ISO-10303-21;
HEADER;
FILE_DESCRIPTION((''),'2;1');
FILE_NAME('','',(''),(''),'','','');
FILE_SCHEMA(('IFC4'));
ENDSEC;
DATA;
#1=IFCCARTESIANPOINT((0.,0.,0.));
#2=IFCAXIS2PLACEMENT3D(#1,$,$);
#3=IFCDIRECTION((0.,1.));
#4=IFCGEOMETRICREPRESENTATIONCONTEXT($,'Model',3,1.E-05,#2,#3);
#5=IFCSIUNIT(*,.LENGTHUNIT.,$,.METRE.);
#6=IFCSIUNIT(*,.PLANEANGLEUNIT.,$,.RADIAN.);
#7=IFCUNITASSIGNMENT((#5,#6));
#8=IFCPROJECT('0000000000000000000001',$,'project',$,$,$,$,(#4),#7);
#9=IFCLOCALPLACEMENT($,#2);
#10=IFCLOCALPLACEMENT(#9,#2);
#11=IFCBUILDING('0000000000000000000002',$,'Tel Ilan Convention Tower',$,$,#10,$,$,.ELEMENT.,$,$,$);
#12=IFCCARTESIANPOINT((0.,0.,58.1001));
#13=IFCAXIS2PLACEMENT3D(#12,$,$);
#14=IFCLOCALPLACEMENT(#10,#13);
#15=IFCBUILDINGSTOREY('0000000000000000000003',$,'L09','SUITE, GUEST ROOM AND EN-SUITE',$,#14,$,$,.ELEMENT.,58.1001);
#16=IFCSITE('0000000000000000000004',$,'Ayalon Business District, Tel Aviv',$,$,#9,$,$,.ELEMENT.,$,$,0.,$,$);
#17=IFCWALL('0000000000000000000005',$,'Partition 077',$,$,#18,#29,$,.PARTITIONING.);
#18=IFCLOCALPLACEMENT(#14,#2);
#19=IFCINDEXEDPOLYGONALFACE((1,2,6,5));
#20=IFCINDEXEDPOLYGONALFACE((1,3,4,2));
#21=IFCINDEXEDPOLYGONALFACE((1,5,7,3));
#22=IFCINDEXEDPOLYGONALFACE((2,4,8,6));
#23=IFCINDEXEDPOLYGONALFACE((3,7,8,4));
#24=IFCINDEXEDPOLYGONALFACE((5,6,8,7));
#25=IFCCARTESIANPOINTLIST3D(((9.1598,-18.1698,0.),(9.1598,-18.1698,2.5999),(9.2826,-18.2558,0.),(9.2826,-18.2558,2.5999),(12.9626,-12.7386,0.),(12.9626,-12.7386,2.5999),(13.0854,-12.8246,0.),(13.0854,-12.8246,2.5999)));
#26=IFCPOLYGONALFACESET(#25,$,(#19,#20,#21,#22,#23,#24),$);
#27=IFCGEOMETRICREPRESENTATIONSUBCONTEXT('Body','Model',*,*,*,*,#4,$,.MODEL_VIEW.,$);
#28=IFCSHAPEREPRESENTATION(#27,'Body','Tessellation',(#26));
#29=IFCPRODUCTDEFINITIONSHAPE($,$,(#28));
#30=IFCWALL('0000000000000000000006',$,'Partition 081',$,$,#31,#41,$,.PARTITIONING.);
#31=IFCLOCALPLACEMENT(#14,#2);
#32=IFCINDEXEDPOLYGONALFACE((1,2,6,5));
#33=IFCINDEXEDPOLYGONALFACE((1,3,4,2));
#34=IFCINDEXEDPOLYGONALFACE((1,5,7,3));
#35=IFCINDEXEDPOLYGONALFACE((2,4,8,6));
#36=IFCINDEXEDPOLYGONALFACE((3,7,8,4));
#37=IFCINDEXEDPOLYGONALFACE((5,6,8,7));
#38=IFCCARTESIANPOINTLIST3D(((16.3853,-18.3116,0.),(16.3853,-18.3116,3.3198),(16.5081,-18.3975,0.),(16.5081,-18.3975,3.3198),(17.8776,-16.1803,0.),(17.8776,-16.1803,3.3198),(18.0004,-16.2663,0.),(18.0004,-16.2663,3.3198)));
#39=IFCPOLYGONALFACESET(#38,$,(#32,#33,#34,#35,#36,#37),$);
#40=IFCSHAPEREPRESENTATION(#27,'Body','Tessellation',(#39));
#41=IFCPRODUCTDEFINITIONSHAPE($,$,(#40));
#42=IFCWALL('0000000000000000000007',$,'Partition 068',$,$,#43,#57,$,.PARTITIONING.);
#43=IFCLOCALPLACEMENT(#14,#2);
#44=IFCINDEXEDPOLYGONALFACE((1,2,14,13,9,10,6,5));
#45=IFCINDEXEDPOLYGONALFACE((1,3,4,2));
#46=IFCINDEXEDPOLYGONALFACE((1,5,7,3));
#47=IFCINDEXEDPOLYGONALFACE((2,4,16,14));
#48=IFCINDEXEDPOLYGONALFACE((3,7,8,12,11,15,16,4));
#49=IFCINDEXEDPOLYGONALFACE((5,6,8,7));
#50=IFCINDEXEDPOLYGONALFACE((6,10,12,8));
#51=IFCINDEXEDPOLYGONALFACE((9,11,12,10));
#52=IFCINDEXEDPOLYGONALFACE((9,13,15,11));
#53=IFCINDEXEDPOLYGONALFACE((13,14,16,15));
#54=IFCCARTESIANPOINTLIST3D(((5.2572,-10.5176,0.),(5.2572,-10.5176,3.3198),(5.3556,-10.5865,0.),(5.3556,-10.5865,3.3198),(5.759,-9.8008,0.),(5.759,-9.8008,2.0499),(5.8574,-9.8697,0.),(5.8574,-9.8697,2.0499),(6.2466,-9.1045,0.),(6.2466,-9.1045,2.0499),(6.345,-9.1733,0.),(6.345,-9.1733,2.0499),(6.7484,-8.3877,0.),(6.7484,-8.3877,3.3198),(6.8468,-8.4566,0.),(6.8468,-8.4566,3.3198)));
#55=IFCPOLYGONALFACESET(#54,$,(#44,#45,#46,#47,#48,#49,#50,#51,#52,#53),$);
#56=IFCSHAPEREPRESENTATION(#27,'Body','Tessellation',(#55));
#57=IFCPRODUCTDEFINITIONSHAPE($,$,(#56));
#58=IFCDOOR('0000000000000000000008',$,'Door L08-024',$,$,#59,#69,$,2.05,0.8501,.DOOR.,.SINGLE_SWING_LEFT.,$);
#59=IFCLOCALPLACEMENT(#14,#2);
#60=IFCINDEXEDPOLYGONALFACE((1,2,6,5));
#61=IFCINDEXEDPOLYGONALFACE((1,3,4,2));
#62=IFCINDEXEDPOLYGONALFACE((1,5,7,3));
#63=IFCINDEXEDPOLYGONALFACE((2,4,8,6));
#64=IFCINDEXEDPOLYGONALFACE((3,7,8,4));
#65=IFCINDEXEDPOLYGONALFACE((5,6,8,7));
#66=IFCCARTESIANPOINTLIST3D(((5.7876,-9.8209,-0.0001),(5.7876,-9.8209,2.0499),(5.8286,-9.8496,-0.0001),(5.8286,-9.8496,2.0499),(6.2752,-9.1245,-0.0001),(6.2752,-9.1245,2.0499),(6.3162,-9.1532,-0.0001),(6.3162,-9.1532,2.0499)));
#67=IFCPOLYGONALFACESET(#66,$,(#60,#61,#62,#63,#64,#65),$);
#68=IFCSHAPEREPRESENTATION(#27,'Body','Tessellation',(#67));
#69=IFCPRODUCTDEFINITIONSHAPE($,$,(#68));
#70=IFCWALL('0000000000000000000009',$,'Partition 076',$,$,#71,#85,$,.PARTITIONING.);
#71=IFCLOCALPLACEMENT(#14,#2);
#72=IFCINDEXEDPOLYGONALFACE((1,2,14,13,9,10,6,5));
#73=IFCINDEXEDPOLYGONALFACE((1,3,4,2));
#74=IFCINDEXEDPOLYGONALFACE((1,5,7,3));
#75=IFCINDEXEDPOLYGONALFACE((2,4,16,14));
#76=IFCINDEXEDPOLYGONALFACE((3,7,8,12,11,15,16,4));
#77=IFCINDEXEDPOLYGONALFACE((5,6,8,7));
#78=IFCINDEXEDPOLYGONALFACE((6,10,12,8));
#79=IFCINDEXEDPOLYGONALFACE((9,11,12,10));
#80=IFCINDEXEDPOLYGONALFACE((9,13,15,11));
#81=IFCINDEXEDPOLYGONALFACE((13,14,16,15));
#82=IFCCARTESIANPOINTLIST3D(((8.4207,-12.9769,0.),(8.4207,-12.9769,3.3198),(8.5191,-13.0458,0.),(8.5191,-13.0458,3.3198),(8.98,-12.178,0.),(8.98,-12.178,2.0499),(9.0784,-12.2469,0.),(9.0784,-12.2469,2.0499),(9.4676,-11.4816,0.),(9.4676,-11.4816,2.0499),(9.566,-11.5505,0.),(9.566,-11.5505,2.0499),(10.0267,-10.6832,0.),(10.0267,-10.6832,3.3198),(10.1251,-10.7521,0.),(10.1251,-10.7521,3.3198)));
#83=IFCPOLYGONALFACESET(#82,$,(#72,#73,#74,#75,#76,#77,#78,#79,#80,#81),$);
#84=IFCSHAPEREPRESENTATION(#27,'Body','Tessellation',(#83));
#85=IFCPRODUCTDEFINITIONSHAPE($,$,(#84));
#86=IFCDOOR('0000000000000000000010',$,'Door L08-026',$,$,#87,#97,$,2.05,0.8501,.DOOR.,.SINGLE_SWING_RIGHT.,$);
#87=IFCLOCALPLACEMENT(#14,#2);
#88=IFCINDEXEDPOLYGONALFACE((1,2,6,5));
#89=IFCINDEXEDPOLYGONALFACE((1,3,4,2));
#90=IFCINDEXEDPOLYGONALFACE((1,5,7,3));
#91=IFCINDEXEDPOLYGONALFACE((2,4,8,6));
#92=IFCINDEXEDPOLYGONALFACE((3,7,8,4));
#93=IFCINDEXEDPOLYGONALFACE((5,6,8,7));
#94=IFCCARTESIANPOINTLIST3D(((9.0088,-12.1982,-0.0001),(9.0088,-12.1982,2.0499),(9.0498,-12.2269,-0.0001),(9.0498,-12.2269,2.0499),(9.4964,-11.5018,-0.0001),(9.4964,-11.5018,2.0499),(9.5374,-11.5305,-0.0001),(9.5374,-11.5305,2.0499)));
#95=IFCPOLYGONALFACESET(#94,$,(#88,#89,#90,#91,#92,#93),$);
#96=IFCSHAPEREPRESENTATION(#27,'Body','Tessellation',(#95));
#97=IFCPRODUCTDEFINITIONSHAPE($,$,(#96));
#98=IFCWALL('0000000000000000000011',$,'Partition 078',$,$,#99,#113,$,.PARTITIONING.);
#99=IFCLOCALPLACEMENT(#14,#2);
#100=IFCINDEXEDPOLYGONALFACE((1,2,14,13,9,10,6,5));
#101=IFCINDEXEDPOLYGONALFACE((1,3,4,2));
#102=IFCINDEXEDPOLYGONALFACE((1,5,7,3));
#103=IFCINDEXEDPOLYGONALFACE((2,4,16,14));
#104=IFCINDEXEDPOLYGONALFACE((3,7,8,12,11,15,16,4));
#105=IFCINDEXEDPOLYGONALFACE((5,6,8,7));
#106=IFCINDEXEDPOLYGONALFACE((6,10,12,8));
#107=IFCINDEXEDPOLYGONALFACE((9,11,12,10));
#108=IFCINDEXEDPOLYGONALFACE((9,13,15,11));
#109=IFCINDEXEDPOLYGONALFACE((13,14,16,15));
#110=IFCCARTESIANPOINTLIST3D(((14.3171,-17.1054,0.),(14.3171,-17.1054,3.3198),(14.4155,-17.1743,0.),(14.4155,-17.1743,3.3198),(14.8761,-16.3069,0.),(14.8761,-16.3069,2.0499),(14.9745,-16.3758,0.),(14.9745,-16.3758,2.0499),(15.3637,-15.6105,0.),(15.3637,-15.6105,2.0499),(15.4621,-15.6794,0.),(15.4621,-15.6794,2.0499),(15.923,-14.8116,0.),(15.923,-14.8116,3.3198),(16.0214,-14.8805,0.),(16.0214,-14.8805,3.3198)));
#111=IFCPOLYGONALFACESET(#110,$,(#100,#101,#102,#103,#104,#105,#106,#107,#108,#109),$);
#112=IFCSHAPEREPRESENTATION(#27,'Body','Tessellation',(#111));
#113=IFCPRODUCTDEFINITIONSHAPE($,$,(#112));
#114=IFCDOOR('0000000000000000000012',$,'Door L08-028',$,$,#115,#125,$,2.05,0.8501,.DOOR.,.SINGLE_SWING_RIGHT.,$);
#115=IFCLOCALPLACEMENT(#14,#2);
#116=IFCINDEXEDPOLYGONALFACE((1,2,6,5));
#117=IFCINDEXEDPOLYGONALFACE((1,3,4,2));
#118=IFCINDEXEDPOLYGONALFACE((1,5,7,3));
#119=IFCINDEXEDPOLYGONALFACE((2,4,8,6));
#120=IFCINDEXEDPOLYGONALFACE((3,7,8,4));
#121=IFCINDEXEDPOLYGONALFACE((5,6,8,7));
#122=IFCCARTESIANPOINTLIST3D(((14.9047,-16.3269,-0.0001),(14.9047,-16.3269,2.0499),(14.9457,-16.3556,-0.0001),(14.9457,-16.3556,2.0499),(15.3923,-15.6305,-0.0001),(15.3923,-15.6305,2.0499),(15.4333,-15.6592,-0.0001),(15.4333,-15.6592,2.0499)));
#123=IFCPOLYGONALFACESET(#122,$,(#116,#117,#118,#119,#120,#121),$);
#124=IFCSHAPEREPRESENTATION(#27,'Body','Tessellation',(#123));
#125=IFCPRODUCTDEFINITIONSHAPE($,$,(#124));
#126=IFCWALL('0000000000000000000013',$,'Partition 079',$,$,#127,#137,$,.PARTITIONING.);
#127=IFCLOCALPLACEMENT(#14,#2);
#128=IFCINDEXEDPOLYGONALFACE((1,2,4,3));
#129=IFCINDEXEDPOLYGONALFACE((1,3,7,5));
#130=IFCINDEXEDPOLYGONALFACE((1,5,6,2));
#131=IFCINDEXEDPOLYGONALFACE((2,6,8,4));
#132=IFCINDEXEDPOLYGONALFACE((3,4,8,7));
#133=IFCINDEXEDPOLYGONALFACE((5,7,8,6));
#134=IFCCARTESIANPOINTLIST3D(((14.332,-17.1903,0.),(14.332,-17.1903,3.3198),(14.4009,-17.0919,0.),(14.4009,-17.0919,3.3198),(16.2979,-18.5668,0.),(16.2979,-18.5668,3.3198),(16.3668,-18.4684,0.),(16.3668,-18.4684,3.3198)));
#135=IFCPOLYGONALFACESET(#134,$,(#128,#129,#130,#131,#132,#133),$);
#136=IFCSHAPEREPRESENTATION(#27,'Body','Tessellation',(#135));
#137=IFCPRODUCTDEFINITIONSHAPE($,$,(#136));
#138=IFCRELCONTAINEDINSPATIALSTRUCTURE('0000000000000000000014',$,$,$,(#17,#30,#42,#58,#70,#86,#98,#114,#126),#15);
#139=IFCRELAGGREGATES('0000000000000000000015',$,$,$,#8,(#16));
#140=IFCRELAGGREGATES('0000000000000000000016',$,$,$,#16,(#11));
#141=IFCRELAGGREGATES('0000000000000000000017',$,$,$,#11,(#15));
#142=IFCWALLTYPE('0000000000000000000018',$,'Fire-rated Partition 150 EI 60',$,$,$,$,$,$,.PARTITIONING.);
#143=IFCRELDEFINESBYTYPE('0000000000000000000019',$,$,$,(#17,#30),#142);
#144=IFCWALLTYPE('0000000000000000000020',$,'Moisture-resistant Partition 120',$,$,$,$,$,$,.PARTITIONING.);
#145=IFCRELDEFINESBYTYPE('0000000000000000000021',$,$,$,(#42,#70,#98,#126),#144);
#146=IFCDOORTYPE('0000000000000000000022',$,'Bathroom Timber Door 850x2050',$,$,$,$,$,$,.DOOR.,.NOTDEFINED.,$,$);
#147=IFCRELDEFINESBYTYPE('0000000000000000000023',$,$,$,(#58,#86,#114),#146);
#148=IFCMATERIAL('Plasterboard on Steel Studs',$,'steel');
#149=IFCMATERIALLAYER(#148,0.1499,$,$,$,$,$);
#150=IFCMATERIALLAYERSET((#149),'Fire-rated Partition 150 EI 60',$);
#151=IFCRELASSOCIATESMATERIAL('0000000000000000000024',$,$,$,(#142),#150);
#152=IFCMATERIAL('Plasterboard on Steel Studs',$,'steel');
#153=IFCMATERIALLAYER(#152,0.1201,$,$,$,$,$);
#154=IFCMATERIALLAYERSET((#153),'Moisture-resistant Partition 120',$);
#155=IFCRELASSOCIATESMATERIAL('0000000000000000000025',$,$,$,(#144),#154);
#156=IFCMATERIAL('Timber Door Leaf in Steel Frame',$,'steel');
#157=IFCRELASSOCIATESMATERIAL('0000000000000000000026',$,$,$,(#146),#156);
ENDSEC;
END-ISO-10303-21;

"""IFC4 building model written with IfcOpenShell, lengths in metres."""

from ifc_helpers import new_model, si_unit, direction, frame, frame_2d, origin, place, context, subcontext, project, spatial, rectangle, extrude, material, layer, layer_set, type_object, element, fill, save


model = new_model("IFC4")

# Units and contexts
model_context = context("Model", 3, precision=1e-05, world=origin(), true_north=direction((0.0, 1.0)))
body_context = subcontext(model_context, "Body", "Model", "MODEL_VIEW")
ifc_project = project(units=[si_unit("LENGTHUNIT", "METRE"), si_unit("PLANEANGLEUNIT", "RADIAN")], contexts=[model_context])

# Site, building, storey
site_placement = place(None, origin())
site = spatial("IfcSite", under=ifc_project, at=site_placement, Name="Ayalon Business District, Tel Aviv", CompositionType="ELEMENT", RefElevation=0.0)
building_placement = place(site_placement, origin())
building = spatial("IfcBuilding", under=site, at=building_placement, Name="Tel Ilan Convention Tower", CompositionType="ELEMENT")
storey_placement = place(building_placement, frame((0.0, 0.0, 58.1001)))
storey = spatial("IfcBuildingStorey", under=building, at=storey_placement, Name="L09", Description="SUITE, GUEST ROOM AND EN-SUITE", CompositionType="ELEMENT", Elevation=58.1001)

# Shared definitions
ifc_material_1 = material(Name="Plasterboard on Steel Studs", Category="steel")
ifc_layer_1 = layer(ifc_material_1, 0.1499)
ifc_layer_set_1 = layer_set([ifc_layer_1], Name="Fire-rated Partition 150 EI 60")
wall_type_1 = type_object("IfcWallType", Name="Fire-rated Partition 150 EI 60", PredefinedType="PARTITIONING", material=ifc_layer_set_1)

# Walls
wall_1_placement = place(storey_placement, frame((13.0239, -12.7817, 0.0), z_axis=(0.0, 0.0, 1.0), x_axis=(-0.573556, -0.819166, 0.0)))
element("IfcWall", 1, at=wall_1_placement, inside=storey, type_object=wall_type_1, Name="Partition 077", PredefinedType="PARTITIONING", context=body_context, shape_type="SweptSolid", body=[
    extrude(rectangle(XDim=6.6301, YDim=0.1499, at=frame_2d((3.3149, 0.0))), origin(), (0.0, 0.0, 1.0), 2.5999),
])
wall_2_placement = place(storey_placement, frame((17.939, -16.2234, 0.0), z_axis=(0.0, 0.0, 1.0), x_axis=(-0.573588, -0.819144, 0.0)))
element("IfcWall", 2, at=wall_2_placement, inside=storey, type_object=wall_type_1, Name="Partition 081", PredefinedType="PARTITIONING", context=body_context, shape_type="SweptSolid", body=[
    extrude(rectangle(XDim=2.6018, YDim=0.1499, at=frame_2d((1.3008, 0.0))), origin(), (0.0, 0.0, 1.0), 3.3198),
])

# Walls, openings, doors
ifc_material_2 = material(Name="Plasterboard on Steel Studs", Category="steel")
ifc_layer_2 = layer(ifc_material_2, 0.1201)
ifc_layer_set_2 = layer_set([ifc_layer_2], Name="Moisture-resistant Partition 120")
wall_type_2 = type_object("IfcWallType", Name="Moisture-resistant Partition 120", PredefinedType="PARTITIONING", material=ifc_layer_set_2)
wall_3_placement = place(storey_placement, frame((6.7976, -8.4221, 0.0), z_axis=(0.0, 0.0, 1.0), x_axis=(-0.573538, -0.819179, 0.0)))
wall_3 = element("IfcWall", 3, at=wall_3_placement, inside=storey, type_object=wall_type_2, Name="Partition 068", PredefinedType="PARTITIONING", context=body_context, shape_type="SweptSolid", body=[
    extrude(rectangle(XDim=2.6001, YDim=0.1201, at=frame_2d((1.3, 0.0))), origin(), (0.0, 0.0, 1.0), 3.3198),
])
opening_1_placement = place(wall_3_placement, frame((0.875, 0.0, 0.0)))
opening_1 = element("IfcOpeningElement", 4, at=opening_1_placement, cuts=wall_3, PredefinedType="OPENING", context=body_context, shape_type="SweptSolid", body=[
    extrude(rectangle(XDim=0.8501, YDim=2.05, at=frame_2d((0.425, 1.0249))), frame((0.0, 0.0701, 0.0), z_axis=(0.0, -1.0, 0.0), x_axis=(1.0, 0.0, 0.0)), (0.0, 0.0, 1.0), 0.1401),
])
ifc_material_3 = material(Name="Timber Door Leaf in Steel Frame", Category="steel")
door_type_1 = type_object("IfcDoorType", Name="Bathroom Timber Door 850x2050", OperationType="NOTDEFINED", PredefinedType="DOOR", material=ifc_material_3)
door_1_placement = place(opening_1_placement, origin())
door_1 = element("IfcDoor", 5, at=door_1_placement, inside=storey, type_object=door_type_1, Name="Door L08-024", OperationType="SINGLE_SWING_LEFT", OverallHeight=2.05, OverallWidth=0.8501, PredefinedType="DOOR", context=body_context, shape_type="SweptSolid", body=[
    extrude(rectangle(XDim=0.8501, YDim=2.05, at=frame_2d((0.425, 1.0249))), frame((0.0, 0.0249, 0.0), z_axis=(0.0, -1.0, 0.0), x_axis=(1.0, 0.0, 0.0)), (0.0, 0.0, 1.0), 0.05),
])
fill(opening_1, door_1)
wall_4_placement = place(storey_placement, frame((8.47, -13.0112, 0.0), z_axis=(0.0, 0.0, 1.0), x_axis=(0.57355, 0.81917, 0.0)))
wall_4 = element("IfcWall", 6, at=wall_4_placement, inside=storey, type_object=wall_type_2, Name="Partition 076", PredefinedType="PARTITIONING", context=body_context, shape_type="SweptSolid", body=[
    extrude(rectangle(XDim=2.8, YDim=0.1201, at=frame_2d((1.3999, 0.0))), origin(), (0.0, 0.0, 1.0), 3.3198),
])
opening_2_placement = place(wall_4_placement, frame((0.9751, 0.0, 0.0)))
opening_2 = element("IfcOpeningElement", 7, at=opening_2_placement, cuts=wall_4, PredefinedType="OPENING", context=body_context, shape_type="SweptSolid", body=[
    extrude(rectangle(XDim=0.8501, YDim=2.05, at=frame_2d((0.425, 1.0249))), frame((0.0, 0.0701, 0.0), z_axis=(0.0, -1.0, 0.0), x_axis=(1.0, 0.0, 0.0)), (0.0, 0.0, 1.0), 0.1401),
])
door_2_placement = place(opening_2_placement, origin())
door_2 = element("IfcDoor", 8, at=door_2_placement, inside=storey, type_object=door_type_1, Name="Door L08-026", OperationType="SINGLE_SWING_RIGHT", OverallHeight=2.05, OverallWidth=0.8501, PredefinedType="DOOR", context=body_context, shape_type="SweptSolid", body=[
    extrude(rectangle(XDim=0.8501, YDim=2.05, at=frame_2d((0.425, 1.0249))), frame((0.0, 0.0249, 0.0), z_axis=(0.0, -1.0, 0.0), x_axis=(1.0, 0.0, 0.0)), (0.0, 0.0, 1.0), 0.05),
])
fill(opening_2, door_2)
wall_5_placement = place(storey_placement, frame((15.9722, -14.8462, 0.0), z_axis=(0.0, 0.0, 1.0), x_axis=(-0.57355, -0.81917, 0.0)))
wall_5 = element("IfcWall", 9, at=wall_5_placement, inside=storey, type_object=wall_type_2, Name="Partition 078", PredefinedType="PARTITIONING", context=body_context, shape_type="SweptSolid", body=[
    extrude(rectangle(XDim=2.8, YDim=0.1201, at=frame_2d((1.3999, 0.0))), origin(), (0.0, 0.0, 1.0), 3.3198),
])
opening_3_placement = place(wall_5_placement, frame((0.9751, 0.0, 0.0)))
opening_3 = element("IfcOpeningElement", 10, at=opening_3_placement, cuts=wall_5, PredefinedType="OPENING", context=body_context, shape_type="SweptSolid", body=[
    extrude(rectangle(XDim=0.8501, YDim=2.05, at=frame_2d((0.425, 1.0249))), frame((0.0, 0.0701, 0.0), z_axis=(0.0, -1.0, 0.0), x_axis=(1.0, 0.0, 0.0)), (0.0, 0.0, 1.0), 0.1401),
])
door_3_placement = place(opening_3_placement, origin())
door_3 = element("IfcDoor", 11, at=door_3_placement, inside=storey, type_object=door_type_1, Name="Door L08-028", OperationType="SINGLE_SWING_RIGHT", OverallHeight=2.05, OverallWidth=0.8501, PredefinedType="DOOR", context=body_context, shape_type="SweptSolid", body=[
    extrude(rectangle(XDim=0.8501, YDim=2.05, at=frame_2d((0.425, 1.0249))), frame((0.0, 0.0249, 0.0), z_axis=(0.0, -1.0, 0.0), x_axis=(1.0, 0.0, 0.0)), (0.0, 0.0, 1.0), 0.05),
])
fill(opening_3, door_3)

# Wall
wall_6_placement = place(storey_placement, frame((14.3665, -17.1411, 0.0), z_axis=(0.0, 0.0, 1.0), x_axis=(0.819155, -0.573572, 0.0)))
element("IfcWall", 12, at=wall_6_placement, inside=storey, type_object=wall_type_2, Name="Partition 079", PredefinedType="PARTITIONING", context=body_context, shape_type="SweptSolid", body=[
    extrude(rectangle(XDim=2.3999, YDim=0.1201, at=frame_2d((1.2, 0.0))), origin(), (0.0, 0.0, 1.0), 3.3198),
])

save(model, "model.ifc")
